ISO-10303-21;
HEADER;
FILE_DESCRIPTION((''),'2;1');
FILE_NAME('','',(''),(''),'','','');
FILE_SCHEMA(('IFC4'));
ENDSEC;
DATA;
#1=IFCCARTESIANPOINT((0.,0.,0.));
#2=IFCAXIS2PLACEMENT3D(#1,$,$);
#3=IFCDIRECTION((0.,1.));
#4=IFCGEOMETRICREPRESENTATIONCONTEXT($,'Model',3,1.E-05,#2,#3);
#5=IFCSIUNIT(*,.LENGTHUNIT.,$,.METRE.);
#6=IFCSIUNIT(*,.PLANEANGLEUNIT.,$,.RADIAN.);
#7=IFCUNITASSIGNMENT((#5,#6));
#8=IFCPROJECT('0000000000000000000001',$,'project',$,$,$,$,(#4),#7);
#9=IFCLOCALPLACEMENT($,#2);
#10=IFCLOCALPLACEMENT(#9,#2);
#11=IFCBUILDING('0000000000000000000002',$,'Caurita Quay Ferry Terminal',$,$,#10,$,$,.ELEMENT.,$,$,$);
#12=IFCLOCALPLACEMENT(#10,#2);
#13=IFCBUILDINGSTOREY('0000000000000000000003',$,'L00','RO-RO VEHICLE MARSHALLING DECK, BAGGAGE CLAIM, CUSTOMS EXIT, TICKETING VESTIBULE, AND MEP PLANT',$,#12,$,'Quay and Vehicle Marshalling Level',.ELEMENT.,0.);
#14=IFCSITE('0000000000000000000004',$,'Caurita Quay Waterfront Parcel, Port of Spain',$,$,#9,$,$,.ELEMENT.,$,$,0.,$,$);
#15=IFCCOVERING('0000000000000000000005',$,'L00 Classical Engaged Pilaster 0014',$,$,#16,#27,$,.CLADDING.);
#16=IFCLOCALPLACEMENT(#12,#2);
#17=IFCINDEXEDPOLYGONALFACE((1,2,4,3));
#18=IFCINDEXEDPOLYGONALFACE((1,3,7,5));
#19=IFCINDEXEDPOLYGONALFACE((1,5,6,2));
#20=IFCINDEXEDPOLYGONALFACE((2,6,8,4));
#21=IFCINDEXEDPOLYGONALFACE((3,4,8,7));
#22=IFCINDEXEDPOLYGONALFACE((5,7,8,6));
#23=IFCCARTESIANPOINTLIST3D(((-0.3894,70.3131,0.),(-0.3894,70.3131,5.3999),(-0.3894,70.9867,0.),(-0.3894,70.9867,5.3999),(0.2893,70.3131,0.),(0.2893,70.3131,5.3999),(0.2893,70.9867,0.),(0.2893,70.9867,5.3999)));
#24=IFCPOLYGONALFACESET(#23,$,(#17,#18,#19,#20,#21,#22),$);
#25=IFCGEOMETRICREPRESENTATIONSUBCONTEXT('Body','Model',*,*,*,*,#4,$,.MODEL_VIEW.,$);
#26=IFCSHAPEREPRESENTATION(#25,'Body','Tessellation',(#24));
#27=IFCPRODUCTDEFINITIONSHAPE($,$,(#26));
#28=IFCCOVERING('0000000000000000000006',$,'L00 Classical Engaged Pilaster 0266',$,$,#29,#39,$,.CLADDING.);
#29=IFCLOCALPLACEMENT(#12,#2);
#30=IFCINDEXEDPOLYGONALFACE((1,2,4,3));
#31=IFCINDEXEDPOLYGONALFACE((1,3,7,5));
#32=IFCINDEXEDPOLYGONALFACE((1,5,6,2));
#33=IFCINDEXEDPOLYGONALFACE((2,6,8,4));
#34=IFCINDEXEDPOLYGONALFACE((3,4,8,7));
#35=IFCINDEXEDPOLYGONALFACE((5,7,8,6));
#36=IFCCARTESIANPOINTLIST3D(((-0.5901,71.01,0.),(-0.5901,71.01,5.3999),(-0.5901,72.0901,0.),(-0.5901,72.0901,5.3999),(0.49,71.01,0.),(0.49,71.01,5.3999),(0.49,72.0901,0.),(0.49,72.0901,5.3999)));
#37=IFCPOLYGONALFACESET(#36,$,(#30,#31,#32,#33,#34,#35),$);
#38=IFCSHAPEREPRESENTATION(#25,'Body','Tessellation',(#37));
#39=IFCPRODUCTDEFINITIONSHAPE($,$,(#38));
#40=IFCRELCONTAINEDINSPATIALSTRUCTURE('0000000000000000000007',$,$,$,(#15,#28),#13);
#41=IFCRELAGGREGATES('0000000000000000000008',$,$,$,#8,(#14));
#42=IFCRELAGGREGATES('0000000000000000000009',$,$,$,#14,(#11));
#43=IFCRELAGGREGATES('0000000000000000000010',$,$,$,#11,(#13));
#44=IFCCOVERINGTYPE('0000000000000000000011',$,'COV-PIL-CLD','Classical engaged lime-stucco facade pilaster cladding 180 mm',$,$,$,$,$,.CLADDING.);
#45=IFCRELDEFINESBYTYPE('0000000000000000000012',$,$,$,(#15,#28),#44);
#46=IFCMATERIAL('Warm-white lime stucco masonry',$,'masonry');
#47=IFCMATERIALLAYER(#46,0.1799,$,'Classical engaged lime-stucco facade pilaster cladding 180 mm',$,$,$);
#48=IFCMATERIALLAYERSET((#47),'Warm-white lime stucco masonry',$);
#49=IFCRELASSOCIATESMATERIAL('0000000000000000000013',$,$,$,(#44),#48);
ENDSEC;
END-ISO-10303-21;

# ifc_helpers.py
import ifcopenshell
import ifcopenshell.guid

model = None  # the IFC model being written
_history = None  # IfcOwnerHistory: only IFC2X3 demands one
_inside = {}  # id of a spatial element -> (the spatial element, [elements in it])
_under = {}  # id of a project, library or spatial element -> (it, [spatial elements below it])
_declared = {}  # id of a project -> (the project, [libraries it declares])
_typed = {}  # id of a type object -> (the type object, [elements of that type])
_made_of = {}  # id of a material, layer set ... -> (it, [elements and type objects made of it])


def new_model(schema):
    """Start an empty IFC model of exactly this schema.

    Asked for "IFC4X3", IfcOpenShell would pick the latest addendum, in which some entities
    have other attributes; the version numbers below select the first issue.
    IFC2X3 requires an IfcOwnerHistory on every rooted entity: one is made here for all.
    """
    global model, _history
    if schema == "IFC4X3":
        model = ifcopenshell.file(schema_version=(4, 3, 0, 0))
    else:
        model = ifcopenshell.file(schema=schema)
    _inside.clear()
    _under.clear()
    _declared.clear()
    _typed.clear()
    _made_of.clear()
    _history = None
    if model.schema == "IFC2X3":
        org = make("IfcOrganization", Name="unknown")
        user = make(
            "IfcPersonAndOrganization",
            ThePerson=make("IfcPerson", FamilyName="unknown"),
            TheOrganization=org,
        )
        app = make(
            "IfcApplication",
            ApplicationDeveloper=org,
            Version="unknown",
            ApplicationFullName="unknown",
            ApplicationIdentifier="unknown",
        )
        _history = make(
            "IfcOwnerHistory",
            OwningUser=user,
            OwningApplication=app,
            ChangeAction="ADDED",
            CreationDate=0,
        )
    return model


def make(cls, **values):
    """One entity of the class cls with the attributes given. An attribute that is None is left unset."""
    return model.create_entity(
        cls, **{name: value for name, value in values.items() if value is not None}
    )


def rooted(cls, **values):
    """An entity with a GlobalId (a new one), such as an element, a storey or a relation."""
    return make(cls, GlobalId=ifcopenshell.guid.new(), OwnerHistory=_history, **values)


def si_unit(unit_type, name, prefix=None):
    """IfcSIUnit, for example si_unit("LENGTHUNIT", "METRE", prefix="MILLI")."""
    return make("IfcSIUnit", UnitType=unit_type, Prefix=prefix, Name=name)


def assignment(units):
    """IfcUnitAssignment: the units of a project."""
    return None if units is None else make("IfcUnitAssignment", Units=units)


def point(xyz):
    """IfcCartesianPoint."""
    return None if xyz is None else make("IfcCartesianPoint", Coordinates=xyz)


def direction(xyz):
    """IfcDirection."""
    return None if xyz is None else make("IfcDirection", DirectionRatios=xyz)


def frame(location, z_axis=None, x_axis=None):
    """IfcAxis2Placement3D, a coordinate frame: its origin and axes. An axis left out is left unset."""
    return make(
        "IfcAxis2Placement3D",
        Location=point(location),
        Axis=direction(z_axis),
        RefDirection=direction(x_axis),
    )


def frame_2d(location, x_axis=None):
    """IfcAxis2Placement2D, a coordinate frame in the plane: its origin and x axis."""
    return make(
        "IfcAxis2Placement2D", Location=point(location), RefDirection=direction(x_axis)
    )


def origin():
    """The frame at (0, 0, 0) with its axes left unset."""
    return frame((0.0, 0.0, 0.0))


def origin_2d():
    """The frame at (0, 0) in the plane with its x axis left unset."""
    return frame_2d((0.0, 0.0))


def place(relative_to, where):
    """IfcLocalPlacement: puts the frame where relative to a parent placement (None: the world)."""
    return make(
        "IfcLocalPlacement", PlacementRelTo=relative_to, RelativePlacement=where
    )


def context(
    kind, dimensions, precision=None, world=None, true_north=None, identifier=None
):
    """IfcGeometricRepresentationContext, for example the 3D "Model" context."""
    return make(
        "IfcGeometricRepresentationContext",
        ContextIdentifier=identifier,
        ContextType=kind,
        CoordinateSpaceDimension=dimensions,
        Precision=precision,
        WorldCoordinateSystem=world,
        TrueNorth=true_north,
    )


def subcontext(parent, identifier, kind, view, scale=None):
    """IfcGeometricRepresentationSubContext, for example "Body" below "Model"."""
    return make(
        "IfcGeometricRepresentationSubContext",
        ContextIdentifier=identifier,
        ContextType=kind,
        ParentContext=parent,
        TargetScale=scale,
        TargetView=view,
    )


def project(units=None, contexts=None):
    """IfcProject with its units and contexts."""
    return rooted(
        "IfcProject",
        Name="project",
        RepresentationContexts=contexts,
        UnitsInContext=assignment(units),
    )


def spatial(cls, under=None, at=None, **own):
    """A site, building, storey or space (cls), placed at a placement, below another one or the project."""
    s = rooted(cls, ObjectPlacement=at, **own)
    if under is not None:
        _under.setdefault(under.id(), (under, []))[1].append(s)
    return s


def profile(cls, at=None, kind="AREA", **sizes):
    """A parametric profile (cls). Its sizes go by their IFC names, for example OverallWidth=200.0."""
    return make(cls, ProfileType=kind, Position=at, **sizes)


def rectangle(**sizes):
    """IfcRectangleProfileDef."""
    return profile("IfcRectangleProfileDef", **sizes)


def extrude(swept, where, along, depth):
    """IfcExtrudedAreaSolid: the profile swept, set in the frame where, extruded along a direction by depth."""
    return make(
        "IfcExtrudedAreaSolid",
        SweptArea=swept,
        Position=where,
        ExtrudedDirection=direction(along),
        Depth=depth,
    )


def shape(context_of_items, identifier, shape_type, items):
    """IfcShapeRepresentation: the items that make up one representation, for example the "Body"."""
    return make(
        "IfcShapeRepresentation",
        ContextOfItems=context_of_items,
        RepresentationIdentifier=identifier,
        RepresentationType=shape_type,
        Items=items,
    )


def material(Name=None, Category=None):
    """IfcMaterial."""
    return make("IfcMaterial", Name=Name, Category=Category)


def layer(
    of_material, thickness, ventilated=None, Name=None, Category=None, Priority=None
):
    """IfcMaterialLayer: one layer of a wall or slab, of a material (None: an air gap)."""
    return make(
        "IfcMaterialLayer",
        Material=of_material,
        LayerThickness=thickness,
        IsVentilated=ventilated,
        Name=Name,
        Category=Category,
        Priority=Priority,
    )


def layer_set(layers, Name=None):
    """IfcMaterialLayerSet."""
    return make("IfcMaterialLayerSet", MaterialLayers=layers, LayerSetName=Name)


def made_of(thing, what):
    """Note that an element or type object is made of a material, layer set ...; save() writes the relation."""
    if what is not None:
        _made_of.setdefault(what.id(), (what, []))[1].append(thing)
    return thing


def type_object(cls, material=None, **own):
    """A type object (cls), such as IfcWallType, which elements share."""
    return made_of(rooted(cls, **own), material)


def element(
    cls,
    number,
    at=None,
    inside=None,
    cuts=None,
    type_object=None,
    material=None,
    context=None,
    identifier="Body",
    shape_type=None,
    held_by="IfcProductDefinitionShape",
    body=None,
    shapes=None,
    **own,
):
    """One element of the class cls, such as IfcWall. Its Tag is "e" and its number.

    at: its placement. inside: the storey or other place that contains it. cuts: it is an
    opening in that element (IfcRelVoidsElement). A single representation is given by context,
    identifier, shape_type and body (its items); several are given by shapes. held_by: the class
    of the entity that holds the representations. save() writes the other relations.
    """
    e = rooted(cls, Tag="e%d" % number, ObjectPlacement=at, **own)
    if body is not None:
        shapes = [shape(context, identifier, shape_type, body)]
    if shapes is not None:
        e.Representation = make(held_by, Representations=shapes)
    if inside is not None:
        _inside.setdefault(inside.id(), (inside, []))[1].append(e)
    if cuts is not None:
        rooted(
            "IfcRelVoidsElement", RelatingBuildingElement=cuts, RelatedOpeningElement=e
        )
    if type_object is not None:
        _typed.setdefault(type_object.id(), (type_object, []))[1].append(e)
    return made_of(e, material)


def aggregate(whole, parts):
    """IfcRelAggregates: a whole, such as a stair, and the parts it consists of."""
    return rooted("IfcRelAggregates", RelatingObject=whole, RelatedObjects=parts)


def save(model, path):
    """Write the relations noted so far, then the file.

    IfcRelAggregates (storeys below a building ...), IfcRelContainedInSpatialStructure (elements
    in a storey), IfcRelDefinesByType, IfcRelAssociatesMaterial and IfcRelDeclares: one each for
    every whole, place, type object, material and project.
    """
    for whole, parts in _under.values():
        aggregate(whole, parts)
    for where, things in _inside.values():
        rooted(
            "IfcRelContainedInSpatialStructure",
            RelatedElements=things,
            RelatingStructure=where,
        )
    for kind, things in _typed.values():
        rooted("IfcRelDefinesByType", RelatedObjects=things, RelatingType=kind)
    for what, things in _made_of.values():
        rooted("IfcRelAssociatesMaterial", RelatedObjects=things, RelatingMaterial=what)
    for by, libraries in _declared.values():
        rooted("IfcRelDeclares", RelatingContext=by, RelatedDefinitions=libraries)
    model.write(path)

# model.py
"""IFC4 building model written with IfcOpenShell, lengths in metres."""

from ifc_helpers import new_model, si_unit, direction, frame, origin, origin_2d, place, context, subcontext, project, spatial, rectangle, extrude, material, layer, layer_set, type_object, element, save


model = new_model("IFC4")

# Units and contexts
model_context = context("Model", 3, precision=1e-05, world=origin(), true_north=direction((0.0, 1.0)))
body_context = subcontext(model_context, "Body", "Model", "MODEL_VIEW")
ifc_project = project(units=[si_unit("LENGTHUNIT", "METRE"), si_unit("PLANEANGLEUNIT", "RADIAN")], contexts=[model_context])

# Site, building, storey
site_placement = place(None, origin())
site = spatial("IfcSite", under=ifc_project, at=site_placement, Name="Caurita Quay Waterfront Parcel, Port of Spain", CompositionType="ELEMENT", RefElevation=0.0)
building_placement = place(site_placement, origin())
building = spatial("IfcBuilding", under=site, at=building_placement, Name="Caurita Quay Ferry Terminal", CompositionType="ELEMENT")
storey_placement = place(building_placement, origin())
storey = spatial("IfcBuildingStorey", under=building, at=storey_placement, Name="L00", Description="RO-RO VEHICLE MARSHALLING DECK, BAGGAGE CLAIM, CUSTOMS EXIT, TICKETING VESTIBULE, AND MEP PLANT", LongName="Quay and Vehicle Marshalling Level", CompositionType="ELEMENT", Elevation=0.0)

# Shared definitions
ifc_material_1 = material(Name="Warm-white lime stucco masonry", Category="masonry")

# Coverings
ifc_layer_1 = layer(ifc_material_1, 0.1799, Name="Classical engaged lime-stucco facade pilaster cladding 180 mm")
ifc_layer_set_1 = layer_set([ifc_layer_1], Name="Warm-white lime stucco masonry")
covering_type_1 = type_object("IfcCoveringType", Name="COV-PIL-CLD", Description="Classical engaged lime-stucco facade pilaster cladding 180 mm", PredefinedType="CLADDING", material=ifc_layer_set_1)
covering_1_placement = place(storey_placement, frame((-0.05, 70.6499, 0.0), z_axis=(0.0, 0.0, 1.0), x_axis=(1.0, 0.0, 0.0)))
element("IfcCovering", 1, at=covering_1_placement, inside=storey, type_object=covering_type_1, Name="L00 Classical Engaged Pilaster 0014", PredefinedType="CLADDING", context=body_context, shape_type="SweptSolid", body=[
    extrude(rectangle(XDim=0.6787, YDim=0.6736, at=origin_2d()), origin(), (0.0, 0.0, 1.0), 5.3999),
])
covering_2_placement = place(storey_placement, frame((-0.05, 71.55, 0.0), z_axis=(0.0, 0.0, 1.0), x_axis=(1.0, 0.0, 0.0)))
element("IfcCovering", 2, at=covering_2_placement, inside=storey, type_object=covering_type_1, Name="L00 Classical Engaged Pilaster 0266", PredefinedType="CLADDING", context=body_context, shape_type="SweptSolid", body=[
    extrude(rectangle(XDim=1.0801, YDim=1.0801, at=origin_2d()), origin(), (0.0, 0.0, 1.0), 5.3999),
])

save(model, "model.ifc")
